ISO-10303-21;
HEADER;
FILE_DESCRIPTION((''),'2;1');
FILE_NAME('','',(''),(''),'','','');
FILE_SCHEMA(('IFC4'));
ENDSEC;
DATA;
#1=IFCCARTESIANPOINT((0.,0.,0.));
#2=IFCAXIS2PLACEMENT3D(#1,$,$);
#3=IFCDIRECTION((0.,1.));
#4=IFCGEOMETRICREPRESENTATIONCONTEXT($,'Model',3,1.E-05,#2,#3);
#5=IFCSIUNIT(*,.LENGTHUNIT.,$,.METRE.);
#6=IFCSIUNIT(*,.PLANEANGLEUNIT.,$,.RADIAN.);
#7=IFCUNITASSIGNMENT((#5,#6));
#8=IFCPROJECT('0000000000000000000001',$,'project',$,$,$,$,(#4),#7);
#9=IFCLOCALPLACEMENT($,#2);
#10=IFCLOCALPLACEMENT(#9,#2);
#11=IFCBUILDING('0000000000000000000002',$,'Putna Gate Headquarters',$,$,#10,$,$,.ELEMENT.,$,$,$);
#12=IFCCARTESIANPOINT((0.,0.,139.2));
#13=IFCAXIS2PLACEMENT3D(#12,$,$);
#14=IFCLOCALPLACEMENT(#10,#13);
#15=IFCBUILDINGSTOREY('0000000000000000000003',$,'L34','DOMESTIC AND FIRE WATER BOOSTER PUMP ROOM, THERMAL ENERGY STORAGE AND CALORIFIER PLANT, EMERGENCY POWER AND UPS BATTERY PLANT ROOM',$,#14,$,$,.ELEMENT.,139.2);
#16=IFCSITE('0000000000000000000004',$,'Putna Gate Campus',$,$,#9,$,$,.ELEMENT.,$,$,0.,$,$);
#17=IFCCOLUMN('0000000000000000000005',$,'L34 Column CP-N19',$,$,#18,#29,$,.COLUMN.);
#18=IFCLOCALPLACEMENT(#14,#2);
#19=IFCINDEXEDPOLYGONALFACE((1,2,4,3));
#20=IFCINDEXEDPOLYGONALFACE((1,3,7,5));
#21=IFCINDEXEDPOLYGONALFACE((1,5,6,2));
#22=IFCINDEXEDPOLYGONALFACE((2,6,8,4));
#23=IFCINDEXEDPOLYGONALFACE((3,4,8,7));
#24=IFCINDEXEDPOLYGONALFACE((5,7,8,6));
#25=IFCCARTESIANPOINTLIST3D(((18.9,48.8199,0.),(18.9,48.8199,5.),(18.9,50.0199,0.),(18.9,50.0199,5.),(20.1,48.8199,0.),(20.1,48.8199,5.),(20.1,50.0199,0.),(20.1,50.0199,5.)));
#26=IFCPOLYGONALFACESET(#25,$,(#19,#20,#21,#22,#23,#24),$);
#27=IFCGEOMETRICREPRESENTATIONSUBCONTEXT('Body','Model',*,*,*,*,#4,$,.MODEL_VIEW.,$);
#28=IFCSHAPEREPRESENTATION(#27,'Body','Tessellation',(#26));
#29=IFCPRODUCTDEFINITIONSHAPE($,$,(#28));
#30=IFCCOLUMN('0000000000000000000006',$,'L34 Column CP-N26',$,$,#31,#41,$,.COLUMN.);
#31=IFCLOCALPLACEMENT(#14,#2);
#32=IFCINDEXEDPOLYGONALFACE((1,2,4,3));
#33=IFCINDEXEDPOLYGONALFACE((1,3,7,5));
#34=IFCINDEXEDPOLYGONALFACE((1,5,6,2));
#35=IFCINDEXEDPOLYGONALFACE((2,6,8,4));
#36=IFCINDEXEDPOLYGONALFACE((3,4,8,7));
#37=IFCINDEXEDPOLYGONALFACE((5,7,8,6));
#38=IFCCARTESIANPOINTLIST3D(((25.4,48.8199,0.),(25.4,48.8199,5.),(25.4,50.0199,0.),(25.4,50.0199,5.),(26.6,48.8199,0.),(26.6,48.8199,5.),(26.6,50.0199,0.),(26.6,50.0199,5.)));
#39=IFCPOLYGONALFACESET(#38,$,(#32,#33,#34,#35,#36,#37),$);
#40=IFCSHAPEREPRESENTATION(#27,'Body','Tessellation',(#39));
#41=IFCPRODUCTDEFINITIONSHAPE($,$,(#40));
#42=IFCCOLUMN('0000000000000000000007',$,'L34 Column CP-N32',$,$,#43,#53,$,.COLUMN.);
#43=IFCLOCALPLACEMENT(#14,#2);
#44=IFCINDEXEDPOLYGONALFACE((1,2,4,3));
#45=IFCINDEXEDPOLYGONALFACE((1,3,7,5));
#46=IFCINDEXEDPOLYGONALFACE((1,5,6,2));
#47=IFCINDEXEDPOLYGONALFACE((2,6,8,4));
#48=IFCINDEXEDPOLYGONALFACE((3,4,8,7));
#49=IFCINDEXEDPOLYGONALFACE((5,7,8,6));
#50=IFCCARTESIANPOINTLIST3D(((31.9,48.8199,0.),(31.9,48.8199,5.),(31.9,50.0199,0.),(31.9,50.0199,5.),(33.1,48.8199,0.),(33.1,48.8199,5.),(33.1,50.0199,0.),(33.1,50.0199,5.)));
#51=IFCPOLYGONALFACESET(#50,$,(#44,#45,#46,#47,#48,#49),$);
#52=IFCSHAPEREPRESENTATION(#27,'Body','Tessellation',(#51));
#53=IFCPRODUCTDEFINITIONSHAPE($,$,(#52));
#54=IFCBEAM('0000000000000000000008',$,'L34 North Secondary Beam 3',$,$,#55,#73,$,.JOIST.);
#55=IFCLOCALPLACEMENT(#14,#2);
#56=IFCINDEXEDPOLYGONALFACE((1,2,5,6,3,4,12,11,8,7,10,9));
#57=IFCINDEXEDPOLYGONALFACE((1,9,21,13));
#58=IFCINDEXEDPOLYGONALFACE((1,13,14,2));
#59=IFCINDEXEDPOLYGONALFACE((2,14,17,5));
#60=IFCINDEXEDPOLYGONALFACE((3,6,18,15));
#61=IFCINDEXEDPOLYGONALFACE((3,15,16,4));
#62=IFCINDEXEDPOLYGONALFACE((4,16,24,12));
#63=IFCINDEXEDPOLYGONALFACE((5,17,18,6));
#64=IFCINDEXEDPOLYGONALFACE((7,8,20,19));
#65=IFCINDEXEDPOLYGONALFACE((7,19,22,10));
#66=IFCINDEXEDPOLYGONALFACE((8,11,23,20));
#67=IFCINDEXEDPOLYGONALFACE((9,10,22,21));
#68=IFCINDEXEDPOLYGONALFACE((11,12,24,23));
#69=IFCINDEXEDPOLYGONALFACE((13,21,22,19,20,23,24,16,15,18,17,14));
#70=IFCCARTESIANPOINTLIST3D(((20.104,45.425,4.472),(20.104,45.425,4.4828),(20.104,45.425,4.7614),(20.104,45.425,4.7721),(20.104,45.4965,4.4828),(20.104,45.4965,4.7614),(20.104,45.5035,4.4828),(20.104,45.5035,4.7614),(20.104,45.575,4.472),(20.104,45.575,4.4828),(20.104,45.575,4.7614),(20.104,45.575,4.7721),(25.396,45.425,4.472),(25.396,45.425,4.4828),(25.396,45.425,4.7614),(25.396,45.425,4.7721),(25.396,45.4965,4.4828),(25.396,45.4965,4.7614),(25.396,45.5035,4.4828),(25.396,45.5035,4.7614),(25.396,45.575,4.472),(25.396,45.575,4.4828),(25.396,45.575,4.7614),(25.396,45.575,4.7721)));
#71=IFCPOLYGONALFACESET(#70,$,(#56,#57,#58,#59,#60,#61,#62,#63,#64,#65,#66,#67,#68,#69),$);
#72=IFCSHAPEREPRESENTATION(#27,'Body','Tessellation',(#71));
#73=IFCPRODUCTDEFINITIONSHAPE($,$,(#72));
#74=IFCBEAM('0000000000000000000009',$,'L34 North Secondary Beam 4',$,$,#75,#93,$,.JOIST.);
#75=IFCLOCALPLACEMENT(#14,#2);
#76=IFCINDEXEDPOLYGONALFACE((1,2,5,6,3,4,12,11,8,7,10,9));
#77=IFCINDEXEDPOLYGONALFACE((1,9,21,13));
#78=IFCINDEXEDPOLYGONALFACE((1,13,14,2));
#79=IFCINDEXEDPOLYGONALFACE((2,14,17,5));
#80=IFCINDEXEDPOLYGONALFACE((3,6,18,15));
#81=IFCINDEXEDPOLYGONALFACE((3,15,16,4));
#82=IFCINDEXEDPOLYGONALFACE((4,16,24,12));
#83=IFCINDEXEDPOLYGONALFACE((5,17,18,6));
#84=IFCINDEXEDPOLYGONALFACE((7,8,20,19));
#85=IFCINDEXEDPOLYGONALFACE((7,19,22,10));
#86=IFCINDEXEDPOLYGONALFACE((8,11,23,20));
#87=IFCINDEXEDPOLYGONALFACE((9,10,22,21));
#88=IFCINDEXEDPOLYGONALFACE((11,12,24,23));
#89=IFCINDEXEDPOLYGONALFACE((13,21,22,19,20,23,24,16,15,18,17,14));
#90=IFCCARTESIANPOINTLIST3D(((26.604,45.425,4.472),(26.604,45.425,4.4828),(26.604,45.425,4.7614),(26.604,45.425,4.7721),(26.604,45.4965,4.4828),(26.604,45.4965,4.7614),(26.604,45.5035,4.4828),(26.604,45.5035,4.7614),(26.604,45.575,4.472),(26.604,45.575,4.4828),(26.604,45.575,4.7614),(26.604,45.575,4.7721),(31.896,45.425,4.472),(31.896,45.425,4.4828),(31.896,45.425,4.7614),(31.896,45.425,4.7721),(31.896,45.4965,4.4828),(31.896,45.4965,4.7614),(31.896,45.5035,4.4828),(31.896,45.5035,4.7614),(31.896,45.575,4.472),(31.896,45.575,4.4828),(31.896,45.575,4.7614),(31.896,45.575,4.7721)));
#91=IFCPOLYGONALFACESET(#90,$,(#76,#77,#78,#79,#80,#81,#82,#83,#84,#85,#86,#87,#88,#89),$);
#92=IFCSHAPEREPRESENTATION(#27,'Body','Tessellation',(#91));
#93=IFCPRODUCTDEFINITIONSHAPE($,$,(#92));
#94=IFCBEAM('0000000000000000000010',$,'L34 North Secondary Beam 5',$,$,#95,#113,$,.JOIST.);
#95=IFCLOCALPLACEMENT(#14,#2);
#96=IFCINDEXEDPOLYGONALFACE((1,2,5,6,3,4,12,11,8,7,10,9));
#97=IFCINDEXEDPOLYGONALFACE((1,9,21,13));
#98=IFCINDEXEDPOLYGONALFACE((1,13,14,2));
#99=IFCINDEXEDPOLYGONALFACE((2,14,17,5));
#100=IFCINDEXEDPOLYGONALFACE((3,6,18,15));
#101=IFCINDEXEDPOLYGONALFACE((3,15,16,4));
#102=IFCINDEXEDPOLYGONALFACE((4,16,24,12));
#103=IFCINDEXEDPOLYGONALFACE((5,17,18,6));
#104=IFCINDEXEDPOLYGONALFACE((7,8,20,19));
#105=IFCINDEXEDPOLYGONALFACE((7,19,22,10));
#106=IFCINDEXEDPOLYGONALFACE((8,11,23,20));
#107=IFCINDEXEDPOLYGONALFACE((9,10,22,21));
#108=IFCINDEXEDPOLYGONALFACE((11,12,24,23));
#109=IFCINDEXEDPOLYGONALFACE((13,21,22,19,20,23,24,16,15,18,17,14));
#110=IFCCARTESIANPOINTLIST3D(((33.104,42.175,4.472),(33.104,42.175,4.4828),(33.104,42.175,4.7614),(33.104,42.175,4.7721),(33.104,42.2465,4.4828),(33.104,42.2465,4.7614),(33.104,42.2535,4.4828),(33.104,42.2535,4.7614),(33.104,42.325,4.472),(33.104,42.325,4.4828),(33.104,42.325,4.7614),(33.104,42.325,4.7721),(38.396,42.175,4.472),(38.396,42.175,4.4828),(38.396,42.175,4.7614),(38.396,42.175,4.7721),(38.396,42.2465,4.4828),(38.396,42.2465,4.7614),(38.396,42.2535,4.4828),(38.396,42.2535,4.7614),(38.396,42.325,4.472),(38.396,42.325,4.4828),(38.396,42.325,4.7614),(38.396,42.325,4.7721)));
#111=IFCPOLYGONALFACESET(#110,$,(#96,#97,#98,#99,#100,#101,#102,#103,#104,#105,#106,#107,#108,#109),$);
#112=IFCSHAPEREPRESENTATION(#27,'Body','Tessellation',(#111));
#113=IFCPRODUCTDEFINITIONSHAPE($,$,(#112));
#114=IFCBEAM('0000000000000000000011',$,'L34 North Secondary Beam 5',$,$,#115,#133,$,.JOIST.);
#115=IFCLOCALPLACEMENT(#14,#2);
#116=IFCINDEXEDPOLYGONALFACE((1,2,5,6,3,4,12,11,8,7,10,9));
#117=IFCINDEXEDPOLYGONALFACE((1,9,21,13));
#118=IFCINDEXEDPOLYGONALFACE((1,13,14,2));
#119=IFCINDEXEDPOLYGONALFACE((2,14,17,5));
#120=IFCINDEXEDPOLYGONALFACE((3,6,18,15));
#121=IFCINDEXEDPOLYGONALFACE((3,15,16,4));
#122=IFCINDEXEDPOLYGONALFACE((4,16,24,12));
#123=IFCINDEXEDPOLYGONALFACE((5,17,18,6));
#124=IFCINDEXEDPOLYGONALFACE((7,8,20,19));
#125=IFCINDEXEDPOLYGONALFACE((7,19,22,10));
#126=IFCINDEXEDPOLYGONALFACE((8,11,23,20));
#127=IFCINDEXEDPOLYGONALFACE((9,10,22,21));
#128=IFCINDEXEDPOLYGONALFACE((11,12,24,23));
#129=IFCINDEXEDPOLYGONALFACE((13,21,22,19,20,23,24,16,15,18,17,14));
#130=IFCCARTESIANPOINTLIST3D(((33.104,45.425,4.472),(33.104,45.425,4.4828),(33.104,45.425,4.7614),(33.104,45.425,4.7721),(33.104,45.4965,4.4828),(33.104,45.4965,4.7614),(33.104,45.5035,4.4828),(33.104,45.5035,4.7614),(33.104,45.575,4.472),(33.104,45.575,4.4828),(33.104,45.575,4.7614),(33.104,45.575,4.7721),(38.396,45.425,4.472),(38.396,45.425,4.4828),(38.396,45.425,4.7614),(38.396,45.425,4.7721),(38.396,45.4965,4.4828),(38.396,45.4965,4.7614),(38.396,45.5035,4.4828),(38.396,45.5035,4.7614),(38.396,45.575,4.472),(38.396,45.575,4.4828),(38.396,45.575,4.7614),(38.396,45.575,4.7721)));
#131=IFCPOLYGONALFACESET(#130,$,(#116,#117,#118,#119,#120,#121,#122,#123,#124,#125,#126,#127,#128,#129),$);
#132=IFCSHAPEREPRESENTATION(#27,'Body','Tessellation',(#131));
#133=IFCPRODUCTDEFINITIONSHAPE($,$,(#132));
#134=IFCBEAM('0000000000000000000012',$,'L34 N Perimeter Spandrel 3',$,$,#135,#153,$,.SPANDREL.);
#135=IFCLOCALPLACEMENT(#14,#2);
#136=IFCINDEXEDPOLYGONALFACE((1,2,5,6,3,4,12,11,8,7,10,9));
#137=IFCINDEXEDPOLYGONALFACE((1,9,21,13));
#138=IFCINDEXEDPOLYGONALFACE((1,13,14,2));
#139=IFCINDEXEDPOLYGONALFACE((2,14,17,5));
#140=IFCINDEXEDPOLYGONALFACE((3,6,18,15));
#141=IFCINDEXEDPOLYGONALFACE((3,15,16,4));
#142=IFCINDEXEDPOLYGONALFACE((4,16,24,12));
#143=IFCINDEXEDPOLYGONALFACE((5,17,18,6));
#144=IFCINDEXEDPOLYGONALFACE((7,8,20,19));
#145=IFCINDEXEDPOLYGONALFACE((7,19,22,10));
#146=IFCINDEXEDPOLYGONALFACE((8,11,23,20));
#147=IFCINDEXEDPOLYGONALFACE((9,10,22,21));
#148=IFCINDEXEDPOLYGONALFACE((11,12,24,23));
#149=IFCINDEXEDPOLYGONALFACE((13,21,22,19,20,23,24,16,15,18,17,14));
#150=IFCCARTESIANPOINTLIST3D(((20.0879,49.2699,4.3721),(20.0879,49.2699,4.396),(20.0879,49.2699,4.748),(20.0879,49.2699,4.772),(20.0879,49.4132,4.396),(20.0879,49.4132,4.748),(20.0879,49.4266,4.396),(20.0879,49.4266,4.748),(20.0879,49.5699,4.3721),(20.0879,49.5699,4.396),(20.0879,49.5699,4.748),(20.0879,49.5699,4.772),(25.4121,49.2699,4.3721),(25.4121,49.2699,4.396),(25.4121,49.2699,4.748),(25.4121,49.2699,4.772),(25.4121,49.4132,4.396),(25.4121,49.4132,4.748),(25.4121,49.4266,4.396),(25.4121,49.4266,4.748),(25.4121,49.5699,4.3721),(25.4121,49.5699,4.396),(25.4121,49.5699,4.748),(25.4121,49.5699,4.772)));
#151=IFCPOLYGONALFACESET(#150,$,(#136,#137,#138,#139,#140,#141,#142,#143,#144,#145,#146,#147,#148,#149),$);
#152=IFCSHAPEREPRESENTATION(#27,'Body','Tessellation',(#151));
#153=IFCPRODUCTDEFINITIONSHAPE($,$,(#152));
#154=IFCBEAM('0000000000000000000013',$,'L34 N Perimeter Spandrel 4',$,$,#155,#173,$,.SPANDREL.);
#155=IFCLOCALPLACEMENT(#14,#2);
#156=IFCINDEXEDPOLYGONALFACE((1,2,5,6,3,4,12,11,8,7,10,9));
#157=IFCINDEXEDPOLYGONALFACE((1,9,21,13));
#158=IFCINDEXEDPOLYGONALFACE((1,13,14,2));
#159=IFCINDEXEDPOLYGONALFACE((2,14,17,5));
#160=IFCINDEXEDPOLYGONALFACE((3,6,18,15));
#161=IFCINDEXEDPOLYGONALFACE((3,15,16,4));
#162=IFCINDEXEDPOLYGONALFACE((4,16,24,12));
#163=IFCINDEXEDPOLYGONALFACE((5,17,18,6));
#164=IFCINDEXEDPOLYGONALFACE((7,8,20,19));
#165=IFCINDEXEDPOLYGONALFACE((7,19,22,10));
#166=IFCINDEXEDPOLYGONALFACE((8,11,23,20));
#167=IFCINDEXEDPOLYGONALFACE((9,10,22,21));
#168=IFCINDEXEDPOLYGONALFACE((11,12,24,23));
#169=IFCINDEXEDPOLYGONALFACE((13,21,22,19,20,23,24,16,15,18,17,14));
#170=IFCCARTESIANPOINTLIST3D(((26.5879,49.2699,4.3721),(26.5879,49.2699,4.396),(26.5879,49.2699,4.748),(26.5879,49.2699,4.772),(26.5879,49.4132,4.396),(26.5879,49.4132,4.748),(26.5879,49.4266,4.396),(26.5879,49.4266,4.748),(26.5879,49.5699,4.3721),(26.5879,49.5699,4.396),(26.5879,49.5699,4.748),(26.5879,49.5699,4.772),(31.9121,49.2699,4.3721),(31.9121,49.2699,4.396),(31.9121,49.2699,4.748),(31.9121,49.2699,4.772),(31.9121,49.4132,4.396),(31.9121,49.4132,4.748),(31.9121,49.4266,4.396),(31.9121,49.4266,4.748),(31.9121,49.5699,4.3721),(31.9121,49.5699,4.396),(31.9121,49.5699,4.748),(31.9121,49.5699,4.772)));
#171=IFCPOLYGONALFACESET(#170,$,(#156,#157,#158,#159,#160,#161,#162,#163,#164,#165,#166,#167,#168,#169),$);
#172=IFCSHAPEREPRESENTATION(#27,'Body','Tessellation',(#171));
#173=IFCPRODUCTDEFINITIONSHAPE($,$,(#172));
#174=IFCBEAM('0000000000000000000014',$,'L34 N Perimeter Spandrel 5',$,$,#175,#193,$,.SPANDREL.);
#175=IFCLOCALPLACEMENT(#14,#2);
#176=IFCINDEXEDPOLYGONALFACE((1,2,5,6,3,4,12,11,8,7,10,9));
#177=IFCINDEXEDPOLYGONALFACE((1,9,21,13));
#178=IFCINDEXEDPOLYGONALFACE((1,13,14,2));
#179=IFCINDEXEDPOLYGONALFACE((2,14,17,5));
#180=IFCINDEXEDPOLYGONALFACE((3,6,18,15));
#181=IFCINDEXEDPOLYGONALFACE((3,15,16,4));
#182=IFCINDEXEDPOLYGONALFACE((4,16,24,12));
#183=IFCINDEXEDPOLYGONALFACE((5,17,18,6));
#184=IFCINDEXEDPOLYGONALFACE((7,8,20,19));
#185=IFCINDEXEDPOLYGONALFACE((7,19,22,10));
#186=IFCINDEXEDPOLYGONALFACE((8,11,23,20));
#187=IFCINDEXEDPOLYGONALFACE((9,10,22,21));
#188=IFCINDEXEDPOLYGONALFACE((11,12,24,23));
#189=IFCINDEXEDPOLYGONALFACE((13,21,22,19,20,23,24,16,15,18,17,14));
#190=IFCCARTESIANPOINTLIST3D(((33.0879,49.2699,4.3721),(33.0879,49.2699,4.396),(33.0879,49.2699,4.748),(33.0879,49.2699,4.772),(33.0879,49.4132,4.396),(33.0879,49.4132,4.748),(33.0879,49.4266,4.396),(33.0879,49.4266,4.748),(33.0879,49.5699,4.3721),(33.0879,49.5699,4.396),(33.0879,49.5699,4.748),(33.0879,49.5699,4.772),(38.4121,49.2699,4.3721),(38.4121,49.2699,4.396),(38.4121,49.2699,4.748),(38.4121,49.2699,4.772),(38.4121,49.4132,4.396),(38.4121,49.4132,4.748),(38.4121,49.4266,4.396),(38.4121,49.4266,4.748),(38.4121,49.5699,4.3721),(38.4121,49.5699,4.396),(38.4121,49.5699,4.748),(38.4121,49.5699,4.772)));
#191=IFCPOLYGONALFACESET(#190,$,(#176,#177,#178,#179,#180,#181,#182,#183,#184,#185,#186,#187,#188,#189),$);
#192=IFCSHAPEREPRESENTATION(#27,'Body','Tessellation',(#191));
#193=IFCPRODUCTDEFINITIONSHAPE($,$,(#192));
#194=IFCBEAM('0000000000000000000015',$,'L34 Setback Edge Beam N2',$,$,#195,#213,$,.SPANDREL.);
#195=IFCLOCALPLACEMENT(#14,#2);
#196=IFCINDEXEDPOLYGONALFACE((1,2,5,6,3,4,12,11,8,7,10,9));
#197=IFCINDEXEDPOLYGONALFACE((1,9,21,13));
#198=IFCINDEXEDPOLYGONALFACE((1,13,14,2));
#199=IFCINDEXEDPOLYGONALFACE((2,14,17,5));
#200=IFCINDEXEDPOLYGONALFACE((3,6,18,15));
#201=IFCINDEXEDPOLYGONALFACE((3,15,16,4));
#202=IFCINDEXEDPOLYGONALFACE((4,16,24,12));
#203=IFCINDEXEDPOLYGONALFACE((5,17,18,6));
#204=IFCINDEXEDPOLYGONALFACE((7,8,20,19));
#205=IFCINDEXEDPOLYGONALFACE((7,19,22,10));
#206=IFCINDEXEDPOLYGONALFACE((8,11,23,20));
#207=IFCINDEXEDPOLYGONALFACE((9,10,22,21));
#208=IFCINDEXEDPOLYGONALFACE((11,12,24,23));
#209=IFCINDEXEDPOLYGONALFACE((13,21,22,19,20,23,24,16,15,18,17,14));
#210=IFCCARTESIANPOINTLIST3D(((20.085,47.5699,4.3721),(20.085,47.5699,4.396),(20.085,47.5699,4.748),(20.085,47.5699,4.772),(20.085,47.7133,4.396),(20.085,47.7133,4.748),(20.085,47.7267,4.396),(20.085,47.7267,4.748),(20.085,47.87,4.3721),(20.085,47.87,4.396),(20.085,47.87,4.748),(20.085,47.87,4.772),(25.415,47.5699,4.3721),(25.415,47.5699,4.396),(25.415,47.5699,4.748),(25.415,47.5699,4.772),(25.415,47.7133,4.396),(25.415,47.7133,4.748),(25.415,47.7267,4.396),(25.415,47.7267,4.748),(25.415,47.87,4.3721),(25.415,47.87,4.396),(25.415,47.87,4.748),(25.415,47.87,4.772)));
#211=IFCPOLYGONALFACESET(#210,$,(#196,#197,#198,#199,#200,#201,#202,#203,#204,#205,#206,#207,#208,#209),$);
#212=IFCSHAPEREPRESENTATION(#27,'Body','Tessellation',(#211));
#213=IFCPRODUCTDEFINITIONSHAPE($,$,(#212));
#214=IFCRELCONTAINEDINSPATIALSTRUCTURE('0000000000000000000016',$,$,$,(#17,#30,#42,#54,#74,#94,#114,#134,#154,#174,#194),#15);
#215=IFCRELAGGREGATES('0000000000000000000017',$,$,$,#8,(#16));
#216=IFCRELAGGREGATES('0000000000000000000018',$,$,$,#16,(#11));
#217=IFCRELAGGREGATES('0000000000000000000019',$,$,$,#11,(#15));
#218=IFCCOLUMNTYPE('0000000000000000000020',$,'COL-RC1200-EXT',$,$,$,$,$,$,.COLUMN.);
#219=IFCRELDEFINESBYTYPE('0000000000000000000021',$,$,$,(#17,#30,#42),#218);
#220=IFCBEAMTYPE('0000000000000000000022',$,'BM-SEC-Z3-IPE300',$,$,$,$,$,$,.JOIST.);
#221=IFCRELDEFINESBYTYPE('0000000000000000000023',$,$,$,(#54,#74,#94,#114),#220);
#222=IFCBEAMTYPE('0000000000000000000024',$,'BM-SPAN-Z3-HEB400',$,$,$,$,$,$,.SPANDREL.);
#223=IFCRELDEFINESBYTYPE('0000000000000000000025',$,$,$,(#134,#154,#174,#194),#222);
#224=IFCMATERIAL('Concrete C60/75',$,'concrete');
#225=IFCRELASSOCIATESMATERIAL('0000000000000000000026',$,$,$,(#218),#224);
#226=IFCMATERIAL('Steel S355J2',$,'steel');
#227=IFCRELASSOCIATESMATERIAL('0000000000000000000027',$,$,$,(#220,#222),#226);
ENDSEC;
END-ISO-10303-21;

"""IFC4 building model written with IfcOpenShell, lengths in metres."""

from ifc_helpers import new_model, si_unit, direction, frame, origin, origin_2d, place, context, subcontext, project, spatial, rectangle, i_section, extrude, material, material_profile, profile_set, type_object, element, save


model = new_model("IFC4")

# Units and contexts
model_context = context("Model", 3, precision=1e-05, world=origin(), true_north=direction((0.0, 1.0)))
body_context = subcontext(model_context, "Body", "Model", "MODEL_VIEW")
ifc_project = project(units=[si_unit("LENGTHUNIT", "METRE"), si_unit("PLANEANGLEUNIT", "RADIAN")], contexts=[model_context])

# Site, building, storey
site_placement = place(None, origin())
site = spatial("IfcSite", under=ifc_project, at=site_placement, Name="Putna Gate Campus", CompositionType="ELEMENT", RefElevation=0.0)
building_placement = place(site_placement, origin())
building = spatial("IfcBuilding", under=site, at=building_placement, Name="Putna Gate Headquarters", CompositionType="ELEMENT")
storey_placement = place(building_placement, frame((0.0, 0.0, 139.2)))
storey = spatial("IfcBuildingStorey", under=building, at=storey_placement, Name="L34", Description="DOMESTIC AND FIRE WATER BOOSTER PUMP ROOM, THERMAL ENERGY STORAGE AND CALORIFIER PLANT, EMERGENCY POWER AND UPS BATTERY PLANT ROOM", CompositionType="ELEMENT", Elevation=139.2)

# Columns
ifc_material_1 = material(Name="Concrete C60/75", Category="concrete")
ifc_material_profile_1 = material_profile(ifc_material_1, rectangle(XDim=1.2, YDim=1.2, at=origin_2d()), Name="Concrete C60/75")
ifc_profile_set_1 = profile_set([ifc_material_profile_1], Name="Concrete C60/75")
column_type = type_object("IfcColumnType", Name="COL-RC1200-EXT", PredefinedType="COLUMN", material=ifc_profile_set_1)
for number, where, z_axis, x_axis, name in (
    (1, (19.5, 49.4199, 0.0), (0.0, 0.0, 1.0), (1.0, 0.0, 0.0), "L34 Column CP-N19"),
    (2, (26.0, 49.4199, 0.0), (0.0, 0.0, 1.0), (1.0, 0.0, 0.0), "L34 Column CP-N26"),
    (3, (32.5, 49.4199, 0.0), (0.0, 0.0, 1.0), (1.0, 0.0, 0.0), "L34 Column CP-N32"),
):
    element("IfcColumn", number, at=place(storey_placement, frame(where, z_axis=z_axis, x_axis=x_axis)), inside=storey, type_object=column_type, Name=name, PredefinedType="COLUMN", context=body_context, shape_type="SweptSolid", body=[
        extrude(rectangle(XDim=1.2, YDim=1.2, at=origin_2d()), origin(), (0.0, 0.0, 1.0), 5.0),
    ])

# Beams
ifc_material_2 = material(Name="Steel S355J2", Category="steel")
ifc_material_profile_2 = material_profile(ifc_material_2, i_section(OverallWidth=0.1499, OverallDepth=0.3, WebThickness=0.0071, FlangeThickness=0.0107, at=origin_2d()), Name="Steel S355J2")
ifc_profile_set_2 = profile_set([ifc_material_profile_2], Name="Steel S355J2")
beam_type_1 = type_object("IfcBeamType", Name="BM-SEC-Z3-IPE300", PredefinedType="JOIST", material=ifc_profile_set_2)
for number, where, z_axis, x_axis, name in (
    (4, (20.104, 45.5, 4.6221), (1.0, 0.0, 0.0), (0.0, 1.0, 0.0), "L34 North Secondary Beam 3"),
    (5, (26.604, 45.5, 4.6221), (1.0, 0.0, 0.0), (0.0, 1.0, 0.0), "L34 North Secondary Beam 4"),
    (6, (33.104, 42.25, 4.6221), (1.0, 0.0, 0.0), (0.0, 1.0, 0.0), "L34 North Secondary Beam 5"),
    (7, (33.104, 45.5, 4.6221), (1.0, 0.0, 0.0), (0.0, 1.0, 0.0), "L34 North Secondary Beam 5"),
):
    element("IfcBeam", number, at=place(storey_placement, frame(where, z_axis=z_axis, x_axis=x_axis)), inside=storey, type_object=beam_type_1, Name=name, PredefinedType="JOIST", context=body_context, shape_type="SweptSolid", body=[
        extrude(i_section(OverallWidth=0.1499, OverallDepth=0.3, WebThickness=0.0071, FlangeThickness=0.0107, at=origin_2d()), origin(), (0.0, 0.0, 1.0), 5.292),
    ])
ifc_material_profile_3 = material_profile(ifc_material_2, i_section(OverallWidth=0.3, OverallDepth=0.3999, WebThickness=0.0134, FlangeThickness=0.0239, at=origin_2d()), Name="Steel S355J2")
ifc_profile_set_3 = profile_set([ifc_material_profile_3], Name="Steel S355J2")
beam_type_2 = type_object("IfcBeamType", Name="BM-SPAN-Z3-HEB400", PredefinedType="SPANDREL", material=ifc_profile_set_3)
for number, where, z_axis, x_axis, name in (
    (8, (20.0879, 49.4199, 4.572), (1.0, 0.0, 0.0), (0.0, 1.0, 0.0), "L34 N Perimeter Spandrel 3"),
    (9, (26.5879, 49.4199, 4.572), (1.0, 0.0, 0.0), (0.0, 1.0, 0.0), "L34 N Perimeter Spandrel 4"),
    (10, (33.0879, 49.4199, 4.572), (1.0, 0.0, 0.0), (0.0, 1.0, 0.0), "L34 N Perimeter Spandrel 5"),
):
    element("IfcBeam", number, at=place(storey_placement, frame(where, z_axis=z_axis, x_axis=x_axis)), inside=storey, type_object=beam_type_2, Name=name, PredefinedType="SPANDREL", context=body_context, shape_type="SweptSolid", body=[
        extrude(i_section(OverallWidth=0.3, OverallDepth=0.3999, WebThickness=0.0134, FlangeThickness=0.0239, at=origin_2d()), origin(), (0.0, 0.0, 1.0), 5.3242),
    ])
for number, where, z_axis, x_axis, name in (
    (11, (20.085, 47.72, 4.572), (1.0, 0.0, 0.0), (0.0, 1.0, 0.0), "L34 Setback Edge Beam N2"),
):
    element("IfcBeam", number, at=place(storey_placement, frame(where, z_axis=z_axis, x_axis=x_axis)), inside=storey, type_object=beam_type_2, Name=name, PredefinedType="SPANDREL", context=body_context, shape_type="SweptSolid", body=[
        extrude(i_section(OverallWidth=0.3, OverallDepth=0.3999, WebThickness=0.0134, FlangeThickness=0.0239, at=origin_2d()), origin(), (0.0, 0.0, 1.0), 5.3301),
    ])

save(model, "model.ifc")
